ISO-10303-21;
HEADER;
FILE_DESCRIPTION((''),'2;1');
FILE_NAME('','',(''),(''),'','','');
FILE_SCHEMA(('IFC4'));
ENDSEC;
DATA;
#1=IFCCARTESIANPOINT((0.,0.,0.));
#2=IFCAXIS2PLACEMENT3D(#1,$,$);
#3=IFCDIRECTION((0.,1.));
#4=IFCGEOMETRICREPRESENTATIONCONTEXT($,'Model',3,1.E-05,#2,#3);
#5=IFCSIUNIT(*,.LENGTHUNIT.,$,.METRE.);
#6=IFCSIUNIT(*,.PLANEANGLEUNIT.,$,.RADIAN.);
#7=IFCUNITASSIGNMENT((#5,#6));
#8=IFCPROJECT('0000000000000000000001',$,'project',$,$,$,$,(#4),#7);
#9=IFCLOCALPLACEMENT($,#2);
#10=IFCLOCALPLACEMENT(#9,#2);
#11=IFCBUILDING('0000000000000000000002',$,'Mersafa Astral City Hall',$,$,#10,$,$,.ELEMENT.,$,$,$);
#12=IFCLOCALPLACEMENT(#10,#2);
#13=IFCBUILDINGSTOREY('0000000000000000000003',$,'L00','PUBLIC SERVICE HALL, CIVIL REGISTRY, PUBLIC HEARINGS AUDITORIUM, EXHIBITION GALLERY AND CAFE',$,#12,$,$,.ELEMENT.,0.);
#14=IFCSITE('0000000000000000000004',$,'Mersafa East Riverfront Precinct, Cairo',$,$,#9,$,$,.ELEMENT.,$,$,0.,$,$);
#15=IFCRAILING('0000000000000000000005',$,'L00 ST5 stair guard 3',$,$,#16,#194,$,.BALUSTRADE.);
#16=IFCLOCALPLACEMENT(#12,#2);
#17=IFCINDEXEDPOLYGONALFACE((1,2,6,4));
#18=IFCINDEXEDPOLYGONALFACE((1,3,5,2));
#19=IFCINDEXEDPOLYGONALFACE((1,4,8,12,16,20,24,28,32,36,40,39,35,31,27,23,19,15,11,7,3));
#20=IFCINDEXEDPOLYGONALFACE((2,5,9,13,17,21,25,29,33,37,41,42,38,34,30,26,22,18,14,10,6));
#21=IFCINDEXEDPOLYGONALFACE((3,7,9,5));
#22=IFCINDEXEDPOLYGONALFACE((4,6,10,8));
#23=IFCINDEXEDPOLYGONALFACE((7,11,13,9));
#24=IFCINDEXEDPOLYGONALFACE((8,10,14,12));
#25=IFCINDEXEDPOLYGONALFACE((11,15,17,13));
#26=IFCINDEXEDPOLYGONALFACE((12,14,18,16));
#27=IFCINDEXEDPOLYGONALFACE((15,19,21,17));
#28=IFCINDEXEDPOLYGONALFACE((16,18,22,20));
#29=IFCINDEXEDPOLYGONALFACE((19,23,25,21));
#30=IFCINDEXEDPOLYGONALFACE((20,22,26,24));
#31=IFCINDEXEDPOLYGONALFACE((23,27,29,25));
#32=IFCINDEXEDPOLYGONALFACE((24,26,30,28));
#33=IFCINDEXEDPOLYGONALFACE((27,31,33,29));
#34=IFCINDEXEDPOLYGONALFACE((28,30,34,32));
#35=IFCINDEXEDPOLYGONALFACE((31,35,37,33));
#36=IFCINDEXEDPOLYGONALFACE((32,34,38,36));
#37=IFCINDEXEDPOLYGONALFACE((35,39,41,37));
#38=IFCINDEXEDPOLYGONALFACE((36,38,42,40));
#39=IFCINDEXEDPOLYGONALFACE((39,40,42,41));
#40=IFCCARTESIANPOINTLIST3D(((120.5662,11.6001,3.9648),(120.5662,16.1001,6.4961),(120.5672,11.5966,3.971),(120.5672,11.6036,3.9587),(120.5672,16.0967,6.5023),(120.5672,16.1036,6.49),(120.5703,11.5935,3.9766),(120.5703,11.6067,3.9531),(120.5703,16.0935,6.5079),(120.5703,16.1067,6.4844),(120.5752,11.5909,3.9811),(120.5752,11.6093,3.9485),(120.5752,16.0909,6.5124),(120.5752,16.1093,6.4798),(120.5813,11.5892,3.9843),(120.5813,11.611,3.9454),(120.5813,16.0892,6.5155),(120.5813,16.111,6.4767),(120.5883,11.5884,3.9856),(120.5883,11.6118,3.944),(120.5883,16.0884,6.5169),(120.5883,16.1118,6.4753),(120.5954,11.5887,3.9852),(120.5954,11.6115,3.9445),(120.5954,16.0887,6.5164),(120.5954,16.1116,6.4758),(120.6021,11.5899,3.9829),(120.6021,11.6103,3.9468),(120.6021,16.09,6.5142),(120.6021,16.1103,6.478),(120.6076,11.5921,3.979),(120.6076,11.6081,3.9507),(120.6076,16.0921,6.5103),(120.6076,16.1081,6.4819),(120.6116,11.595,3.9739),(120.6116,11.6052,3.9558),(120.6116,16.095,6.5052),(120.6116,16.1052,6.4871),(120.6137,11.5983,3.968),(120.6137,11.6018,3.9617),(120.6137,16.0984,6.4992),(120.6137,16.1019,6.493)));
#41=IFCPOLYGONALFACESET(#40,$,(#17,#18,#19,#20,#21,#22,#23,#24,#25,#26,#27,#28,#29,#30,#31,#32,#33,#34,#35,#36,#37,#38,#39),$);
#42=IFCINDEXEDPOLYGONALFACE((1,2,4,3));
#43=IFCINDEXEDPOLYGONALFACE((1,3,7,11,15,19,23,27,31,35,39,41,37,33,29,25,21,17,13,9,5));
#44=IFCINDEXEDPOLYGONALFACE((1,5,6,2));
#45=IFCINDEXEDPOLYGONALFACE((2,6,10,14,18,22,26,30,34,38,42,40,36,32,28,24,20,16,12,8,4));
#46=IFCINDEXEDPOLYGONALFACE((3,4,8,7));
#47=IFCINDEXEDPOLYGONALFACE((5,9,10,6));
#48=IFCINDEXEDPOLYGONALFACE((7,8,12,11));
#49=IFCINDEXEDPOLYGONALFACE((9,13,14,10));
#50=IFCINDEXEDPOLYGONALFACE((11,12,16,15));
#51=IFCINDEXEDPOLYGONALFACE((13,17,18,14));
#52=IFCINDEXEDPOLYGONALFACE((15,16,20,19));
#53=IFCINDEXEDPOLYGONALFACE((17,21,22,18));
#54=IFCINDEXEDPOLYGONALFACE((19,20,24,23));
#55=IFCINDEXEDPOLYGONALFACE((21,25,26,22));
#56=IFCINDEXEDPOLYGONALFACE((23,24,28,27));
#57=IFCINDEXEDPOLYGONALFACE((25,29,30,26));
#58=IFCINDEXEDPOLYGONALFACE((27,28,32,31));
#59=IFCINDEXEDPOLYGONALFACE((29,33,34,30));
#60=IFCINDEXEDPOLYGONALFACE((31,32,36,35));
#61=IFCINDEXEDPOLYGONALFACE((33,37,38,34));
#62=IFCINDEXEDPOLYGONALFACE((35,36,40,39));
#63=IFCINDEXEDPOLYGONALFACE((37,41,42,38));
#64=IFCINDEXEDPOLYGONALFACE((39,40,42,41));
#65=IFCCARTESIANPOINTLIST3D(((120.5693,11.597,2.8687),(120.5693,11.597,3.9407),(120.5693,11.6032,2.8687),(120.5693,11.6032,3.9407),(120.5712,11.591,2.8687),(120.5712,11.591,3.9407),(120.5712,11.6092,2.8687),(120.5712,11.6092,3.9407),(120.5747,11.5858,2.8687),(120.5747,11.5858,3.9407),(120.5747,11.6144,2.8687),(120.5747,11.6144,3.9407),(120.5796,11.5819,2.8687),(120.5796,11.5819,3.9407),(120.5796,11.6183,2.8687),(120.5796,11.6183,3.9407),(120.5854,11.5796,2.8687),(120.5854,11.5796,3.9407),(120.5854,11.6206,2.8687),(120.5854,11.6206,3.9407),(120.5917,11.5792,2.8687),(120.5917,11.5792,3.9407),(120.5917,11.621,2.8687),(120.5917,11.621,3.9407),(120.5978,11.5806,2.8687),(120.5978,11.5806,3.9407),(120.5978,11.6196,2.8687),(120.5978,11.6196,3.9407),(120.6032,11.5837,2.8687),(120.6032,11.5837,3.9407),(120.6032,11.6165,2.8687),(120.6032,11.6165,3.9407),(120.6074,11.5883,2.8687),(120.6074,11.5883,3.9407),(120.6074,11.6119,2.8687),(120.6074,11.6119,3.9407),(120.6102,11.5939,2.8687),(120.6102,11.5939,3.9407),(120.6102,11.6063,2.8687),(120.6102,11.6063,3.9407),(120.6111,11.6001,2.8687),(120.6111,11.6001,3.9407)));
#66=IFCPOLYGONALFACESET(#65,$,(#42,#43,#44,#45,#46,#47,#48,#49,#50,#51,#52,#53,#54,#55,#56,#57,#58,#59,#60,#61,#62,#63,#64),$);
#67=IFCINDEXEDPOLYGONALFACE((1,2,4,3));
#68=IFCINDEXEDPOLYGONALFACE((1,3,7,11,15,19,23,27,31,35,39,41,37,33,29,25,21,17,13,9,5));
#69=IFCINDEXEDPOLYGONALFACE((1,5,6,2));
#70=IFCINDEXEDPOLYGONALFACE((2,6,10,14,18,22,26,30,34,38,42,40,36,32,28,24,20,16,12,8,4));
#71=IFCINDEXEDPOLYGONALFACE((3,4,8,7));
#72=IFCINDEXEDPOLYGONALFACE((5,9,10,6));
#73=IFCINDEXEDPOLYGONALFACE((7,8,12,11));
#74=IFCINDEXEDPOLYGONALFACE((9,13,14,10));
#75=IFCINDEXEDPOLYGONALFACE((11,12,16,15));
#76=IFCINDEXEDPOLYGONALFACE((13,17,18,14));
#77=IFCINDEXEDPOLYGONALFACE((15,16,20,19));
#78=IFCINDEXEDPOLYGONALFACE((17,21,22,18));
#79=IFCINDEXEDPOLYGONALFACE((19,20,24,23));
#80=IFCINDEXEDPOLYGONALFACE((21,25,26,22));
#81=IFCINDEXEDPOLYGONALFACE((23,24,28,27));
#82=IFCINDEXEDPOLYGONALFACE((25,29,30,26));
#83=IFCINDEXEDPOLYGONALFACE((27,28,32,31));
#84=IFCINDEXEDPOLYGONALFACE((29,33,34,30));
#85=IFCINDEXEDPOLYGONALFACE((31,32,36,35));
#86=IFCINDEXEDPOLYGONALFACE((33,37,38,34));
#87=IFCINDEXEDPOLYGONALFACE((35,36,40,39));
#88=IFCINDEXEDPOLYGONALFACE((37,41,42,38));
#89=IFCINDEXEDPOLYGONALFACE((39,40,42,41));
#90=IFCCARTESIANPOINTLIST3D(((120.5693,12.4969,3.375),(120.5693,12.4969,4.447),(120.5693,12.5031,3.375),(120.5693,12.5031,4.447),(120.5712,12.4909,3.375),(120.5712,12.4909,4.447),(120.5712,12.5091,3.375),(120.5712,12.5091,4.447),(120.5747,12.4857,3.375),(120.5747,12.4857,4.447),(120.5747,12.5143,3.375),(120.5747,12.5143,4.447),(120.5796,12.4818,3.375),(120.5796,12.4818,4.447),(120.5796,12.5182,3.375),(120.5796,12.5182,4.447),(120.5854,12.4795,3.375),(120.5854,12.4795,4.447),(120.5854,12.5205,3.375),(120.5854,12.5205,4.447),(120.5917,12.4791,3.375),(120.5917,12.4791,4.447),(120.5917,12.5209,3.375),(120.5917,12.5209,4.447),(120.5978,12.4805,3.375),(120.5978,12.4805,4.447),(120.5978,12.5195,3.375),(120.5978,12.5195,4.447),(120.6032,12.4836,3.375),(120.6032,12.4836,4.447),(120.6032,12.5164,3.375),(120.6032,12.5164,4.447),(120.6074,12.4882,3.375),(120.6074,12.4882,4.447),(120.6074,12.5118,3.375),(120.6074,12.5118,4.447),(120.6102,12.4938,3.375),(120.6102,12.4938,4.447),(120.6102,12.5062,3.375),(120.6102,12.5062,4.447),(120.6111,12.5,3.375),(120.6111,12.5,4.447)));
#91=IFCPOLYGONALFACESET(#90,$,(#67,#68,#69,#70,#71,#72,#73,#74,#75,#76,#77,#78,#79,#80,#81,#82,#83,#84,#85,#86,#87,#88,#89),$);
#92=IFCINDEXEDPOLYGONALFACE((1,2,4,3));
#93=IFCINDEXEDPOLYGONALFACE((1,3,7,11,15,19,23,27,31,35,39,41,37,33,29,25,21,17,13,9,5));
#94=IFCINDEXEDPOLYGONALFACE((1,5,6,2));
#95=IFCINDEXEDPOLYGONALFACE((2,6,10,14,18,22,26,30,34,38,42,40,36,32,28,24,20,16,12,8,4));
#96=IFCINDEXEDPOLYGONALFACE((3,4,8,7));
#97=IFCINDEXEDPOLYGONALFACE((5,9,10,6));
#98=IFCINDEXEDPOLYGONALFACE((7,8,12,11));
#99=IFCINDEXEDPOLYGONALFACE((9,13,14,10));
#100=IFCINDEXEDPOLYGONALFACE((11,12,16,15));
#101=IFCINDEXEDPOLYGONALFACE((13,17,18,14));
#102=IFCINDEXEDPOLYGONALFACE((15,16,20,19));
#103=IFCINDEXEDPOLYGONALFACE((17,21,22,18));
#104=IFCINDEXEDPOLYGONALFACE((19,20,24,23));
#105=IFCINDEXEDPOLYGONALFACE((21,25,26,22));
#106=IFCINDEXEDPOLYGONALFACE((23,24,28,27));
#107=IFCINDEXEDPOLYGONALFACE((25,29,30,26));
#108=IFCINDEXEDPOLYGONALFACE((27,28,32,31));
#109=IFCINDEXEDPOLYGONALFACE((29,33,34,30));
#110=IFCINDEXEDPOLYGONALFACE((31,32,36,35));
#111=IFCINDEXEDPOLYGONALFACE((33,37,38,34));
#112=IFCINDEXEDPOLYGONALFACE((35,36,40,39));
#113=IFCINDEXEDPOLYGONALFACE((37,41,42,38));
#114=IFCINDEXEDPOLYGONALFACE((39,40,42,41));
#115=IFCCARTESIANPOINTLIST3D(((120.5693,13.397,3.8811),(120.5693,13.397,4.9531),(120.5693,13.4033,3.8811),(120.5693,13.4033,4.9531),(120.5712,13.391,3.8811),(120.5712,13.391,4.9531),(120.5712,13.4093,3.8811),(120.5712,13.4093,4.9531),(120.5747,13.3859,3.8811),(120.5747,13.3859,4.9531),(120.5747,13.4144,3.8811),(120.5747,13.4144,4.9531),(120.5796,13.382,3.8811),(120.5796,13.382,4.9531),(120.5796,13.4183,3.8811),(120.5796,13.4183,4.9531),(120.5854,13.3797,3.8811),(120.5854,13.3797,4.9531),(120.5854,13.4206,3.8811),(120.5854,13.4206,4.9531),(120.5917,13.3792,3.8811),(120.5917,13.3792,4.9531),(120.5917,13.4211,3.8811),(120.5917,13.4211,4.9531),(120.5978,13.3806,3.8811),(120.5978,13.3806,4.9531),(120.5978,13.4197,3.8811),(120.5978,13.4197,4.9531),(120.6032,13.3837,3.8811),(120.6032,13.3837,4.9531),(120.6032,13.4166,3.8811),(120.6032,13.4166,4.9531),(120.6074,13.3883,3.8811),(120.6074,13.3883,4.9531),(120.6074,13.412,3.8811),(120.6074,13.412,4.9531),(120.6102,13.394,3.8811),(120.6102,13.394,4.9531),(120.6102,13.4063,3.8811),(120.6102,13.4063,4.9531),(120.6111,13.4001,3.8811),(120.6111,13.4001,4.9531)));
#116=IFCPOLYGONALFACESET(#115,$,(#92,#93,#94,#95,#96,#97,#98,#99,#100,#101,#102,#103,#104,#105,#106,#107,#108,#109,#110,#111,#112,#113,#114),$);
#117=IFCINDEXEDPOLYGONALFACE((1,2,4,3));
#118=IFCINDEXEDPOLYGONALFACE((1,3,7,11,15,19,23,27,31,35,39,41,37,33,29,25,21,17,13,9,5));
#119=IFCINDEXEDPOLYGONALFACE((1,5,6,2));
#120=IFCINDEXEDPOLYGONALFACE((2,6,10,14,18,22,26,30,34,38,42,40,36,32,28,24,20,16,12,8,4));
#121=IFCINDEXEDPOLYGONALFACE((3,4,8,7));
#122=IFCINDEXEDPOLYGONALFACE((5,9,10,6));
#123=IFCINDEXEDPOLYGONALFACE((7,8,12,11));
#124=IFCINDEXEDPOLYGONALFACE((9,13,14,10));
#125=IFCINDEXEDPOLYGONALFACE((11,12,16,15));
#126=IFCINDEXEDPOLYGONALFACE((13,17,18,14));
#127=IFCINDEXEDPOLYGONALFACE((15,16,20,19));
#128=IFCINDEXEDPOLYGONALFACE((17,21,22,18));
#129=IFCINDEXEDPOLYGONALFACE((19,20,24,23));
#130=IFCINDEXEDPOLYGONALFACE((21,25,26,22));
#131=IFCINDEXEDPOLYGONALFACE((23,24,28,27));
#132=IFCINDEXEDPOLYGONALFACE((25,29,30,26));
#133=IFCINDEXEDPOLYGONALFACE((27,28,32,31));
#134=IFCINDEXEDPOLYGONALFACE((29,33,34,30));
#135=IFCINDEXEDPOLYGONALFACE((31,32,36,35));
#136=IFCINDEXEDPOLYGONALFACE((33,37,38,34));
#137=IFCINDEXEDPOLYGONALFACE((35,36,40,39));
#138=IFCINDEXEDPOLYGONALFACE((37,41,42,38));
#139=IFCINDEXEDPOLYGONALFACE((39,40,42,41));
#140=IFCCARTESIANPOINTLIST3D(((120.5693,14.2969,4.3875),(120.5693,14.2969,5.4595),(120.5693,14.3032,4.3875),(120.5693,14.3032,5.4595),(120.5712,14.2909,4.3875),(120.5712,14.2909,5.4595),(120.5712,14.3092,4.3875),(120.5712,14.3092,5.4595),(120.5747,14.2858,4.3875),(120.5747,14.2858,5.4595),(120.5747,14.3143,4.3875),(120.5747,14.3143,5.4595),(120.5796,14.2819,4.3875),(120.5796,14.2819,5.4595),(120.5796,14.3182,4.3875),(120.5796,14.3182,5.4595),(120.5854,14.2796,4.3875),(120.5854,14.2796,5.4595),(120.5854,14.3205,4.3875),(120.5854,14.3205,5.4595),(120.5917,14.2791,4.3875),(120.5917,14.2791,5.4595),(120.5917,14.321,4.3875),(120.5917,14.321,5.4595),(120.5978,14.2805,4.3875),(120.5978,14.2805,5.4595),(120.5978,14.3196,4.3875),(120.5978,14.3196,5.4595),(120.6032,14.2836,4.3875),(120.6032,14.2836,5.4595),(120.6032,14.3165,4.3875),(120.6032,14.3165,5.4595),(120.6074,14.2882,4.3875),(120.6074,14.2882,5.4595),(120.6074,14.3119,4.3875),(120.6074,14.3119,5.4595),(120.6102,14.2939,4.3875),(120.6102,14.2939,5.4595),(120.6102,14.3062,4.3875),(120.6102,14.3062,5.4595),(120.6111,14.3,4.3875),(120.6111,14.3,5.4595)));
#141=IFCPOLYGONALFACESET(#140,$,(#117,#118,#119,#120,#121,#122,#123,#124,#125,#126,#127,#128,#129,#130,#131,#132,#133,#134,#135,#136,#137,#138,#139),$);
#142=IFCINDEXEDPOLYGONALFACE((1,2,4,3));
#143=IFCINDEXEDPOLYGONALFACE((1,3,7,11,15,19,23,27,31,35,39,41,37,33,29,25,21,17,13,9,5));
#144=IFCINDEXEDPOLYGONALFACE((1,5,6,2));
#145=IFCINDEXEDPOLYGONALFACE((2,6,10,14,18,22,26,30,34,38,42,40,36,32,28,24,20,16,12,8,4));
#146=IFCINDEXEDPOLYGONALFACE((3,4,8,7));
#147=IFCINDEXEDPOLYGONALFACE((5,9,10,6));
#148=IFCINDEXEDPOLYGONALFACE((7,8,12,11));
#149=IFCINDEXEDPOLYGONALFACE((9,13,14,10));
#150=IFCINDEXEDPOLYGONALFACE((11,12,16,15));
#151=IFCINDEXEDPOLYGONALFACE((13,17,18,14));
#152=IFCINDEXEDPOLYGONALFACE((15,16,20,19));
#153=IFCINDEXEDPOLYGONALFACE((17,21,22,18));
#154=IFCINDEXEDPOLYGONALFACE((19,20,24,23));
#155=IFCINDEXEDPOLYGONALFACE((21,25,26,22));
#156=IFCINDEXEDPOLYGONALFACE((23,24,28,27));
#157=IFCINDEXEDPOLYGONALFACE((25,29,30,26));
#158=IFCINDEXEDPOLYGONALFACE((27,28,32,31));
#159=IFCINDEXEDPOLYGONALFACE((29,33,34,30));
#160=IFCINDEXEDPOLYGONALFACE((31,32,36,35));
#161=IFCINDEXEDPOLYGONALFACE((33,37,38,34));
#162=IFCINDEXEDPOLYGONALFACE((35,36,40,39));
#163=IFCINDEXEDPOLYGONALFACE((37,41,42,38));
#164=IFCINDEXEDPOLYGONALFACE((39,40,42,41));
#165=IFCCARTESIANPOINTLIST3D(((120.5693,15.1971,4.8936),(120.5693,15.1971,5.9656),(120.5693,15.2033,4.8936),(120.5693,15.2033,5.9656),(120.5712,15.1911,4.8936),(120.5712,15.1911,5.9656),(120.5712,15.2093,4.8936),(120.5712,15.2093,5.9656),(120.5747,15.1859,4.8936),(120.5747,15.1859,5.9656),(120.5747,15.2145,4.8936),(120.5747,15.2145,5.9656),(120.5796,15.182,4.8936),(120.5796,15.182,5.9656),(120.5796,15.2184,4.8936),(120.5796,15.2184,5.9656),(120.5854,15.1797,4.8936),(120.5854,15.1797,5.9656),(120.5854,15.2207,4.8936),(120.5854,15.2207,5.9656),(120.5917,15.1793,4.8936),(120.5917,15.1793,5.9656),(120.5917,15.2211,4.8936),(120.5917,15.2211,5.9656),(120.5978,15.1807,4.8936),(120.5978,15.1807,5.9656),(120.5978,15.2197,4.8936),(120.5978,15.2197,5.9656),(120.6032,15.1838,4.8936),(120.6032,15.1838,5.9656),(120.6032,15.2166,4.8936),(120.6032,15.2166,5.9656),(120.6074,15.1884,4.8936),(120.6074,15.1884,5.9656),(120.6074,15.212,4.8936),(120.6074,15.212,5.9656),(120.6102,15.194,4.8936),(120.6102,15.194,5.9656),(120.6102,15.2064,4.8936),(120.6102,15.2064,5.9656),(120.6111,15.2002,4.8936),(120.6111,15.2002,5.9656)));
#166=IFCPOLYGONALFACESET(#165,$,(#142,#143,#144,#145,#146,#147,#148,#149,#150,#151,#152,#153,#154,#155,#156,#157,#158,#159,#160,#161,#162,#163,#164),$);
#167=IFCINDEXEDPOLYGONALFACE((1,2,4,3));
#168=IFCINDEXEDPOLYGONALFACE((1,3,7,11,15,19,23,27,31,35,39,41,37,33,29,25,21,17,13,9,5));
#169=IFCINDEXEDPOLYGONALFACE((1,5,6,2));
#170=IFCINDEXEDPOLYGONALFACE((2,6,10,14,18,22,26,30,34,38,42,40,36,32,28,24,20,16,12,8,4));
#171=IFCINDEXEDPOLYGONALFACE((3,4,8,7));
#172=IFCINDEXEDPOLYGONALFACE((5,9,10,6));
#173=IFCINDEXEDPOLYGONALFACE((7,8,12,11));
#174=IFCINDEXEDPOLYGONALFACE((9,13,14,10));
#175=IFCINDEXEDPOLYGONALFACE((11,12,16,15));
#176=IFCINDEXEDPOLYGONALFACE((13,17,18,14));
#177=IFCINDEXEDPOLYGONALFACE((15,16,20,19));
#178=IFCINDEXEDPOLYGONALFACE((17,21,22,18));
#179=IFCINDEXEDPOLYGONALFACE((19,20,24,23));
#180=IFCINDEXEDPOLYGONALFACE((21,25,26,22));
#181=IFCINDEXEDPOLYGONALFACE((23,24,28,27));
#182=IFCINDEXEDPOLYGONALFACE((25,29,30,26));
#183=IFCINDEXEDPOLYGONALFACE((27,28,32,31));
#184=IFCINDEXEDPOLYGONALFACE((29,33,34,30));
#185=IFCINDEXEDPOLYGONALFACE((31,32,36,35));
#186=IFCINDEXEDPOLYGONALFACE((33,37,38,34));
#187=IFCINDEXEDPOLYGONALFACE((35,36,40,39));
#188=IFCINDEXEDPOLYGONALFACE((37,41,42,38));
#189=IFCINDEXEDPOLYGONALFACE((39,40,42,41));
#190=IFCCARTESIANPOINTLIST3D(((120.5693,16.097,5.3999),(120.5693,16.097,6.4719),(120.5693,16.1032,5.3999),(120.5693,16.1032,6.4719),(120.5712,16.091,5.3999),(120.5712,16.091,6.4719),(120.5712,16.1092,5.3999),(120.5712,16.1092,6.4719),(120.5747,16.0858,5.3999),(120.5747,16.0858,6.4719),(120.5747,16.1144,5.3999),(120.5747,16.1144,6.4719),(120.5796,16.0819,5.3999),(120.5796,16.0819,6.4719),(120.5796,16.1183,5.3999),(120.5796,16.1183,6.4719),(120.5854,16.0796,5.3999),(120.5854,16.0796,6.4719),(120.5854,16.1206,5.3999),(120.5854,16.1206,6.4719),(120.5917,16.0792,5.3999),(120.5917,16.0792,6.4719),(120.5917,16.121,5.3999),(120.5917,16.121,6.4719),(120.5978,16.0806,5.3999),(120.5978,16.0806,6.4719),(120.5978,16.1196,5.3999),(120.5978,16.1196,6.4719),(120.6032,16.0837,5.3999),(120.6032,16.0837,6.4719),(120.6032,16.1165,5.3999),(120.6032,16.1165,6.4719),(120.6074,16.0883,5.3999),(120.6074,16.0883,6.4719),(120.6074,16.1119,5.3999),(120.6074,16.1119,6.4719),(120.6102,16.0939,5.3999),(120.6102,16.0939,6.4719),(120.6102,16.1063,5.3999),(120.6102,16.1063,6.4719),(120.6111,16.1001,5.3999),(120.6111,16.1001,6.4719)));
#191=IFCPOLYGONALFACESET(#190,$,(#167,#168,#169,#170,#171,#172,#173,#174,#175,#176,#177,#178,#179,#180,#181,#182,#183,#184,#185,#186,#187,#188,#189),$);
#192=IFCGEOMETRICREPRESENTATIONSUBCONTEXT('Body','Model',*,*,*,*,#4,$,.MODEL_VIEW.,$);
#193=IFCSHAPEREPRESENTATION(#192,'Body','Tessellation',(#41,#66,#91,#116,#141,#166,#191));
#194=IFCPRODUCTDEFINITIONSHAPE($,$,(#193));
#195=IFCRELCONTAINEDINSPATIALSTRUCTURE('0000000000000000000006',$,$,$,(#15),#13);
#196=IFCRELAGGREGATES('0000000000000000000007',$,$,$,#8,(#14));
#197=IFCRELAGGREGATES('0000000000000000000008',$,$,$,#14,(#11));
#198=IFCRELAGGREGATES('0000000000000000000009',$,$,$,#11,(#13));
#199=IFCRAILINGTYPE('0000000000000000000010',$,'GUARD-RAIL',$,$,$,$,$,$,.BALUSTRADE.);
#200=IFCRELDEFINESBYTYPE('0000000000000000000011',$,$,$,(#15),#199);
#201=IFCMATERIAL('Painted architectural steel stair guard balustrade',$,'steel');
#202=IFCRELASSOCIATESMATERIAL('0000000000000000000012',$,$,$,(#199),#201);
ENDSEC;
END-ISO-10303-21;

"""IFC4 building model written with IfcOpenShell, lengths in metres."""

from ifc_helpers import new_model, si_unit, direction, frame, origin, origin_2d, place, context, subcontext, project, spatial, circle, extrude, material, type_object, element, save


model = new_model("IFC4")

# Units and contexts
model_context = context("Model", 3, precision=1e-05, world=origin(), true_north=direction((0.0, 1.0)))
body_context = subcontext(model_context, "Body", "Model", "MODEL_VIEW")
ifc_project = project(units=[si_unit("LENGTHUNIT", "METRE"), si_unit("PLANEANGLEUNIT", "RADIAN")], contexts=[model_context])

# Site, building, storey
site_placement = place(None, origin())
site = spatial("IfcSite", under=ifc_project, at=site_placement, Name="Mersafa East Riverfront Precinct, Cairo", CompositionType="ELEMENT", RefElevation=0.0)
building_placement = place(site_placement, origin())
building = spatial("IfcBuilding", under=site, at=building_placement, Name="Mersafa Astral City Hall", CompositionType="ELEMENT")
storey_placement = place(building_placement, origin())
storey = spatial("IfcBuildingStorey", under=building, at=storey_placement, Name="L00", Description="PUBLIC SERVICE HALL, CIVIL REGISTRY, PUBLIC HEARINGS AUDITORIUM, EXHIBITION GALLERY AND CAFE", CompositionType="ELEMENT", Elevation=0.0)

# Railing
ifc_material_1 = material(Name="Painted architectural steel stair guard balustrade", Category="steel")
railing_type_1 = type_object("IfcRailingType", Name="GUARD-RAIL", PredefinedType="BALUSTRADE", material=ifc_material_1)
railing_1_placement = place(storey_placement, frame((120.5901, 11.6001, 2.8687)))
element("IfcRailing", 1, at=railing_1_placement, inside=storey, type_object=railing_type_1, Name="L00 ST5 stair guard 3", PredefinedType="BALUSTRADE", context=body_context, shape_type="SweptSolid", body=[
    extrude(circle(Radius=0.0239, at=origin_2d()), frame((0.0, 0.0, 1.0962), z_axis=(0.0, 0.871576, 0.490261), x_axis=(-1.0, 0.0, 0.0)), (0.0, 0.0, 1.0), 5.1631),
    extrude(circle(Radius=0.021, at=origin_2d()), origin(), (0.0, 0.0, 1.0), 1.072),
    extrude(circle(Radius=0.021, at=origin_2d()), frame((0.0, 0.8999, 0.5063)), (0.0, 0.0, 1.0), 1.072),
    extrude(circle(Radius=0.021, at=origin_2d()), frame((0.0, 1.8, 1.0125)), (0.0, 0.0, 1.0), 1.072),
    extrude(circle(Radius=0.021, at=origin_2d()), frame((0.0, 2.7, 1.5188)), (0.0, 0.0, 1.0), 1.072),
    extrude(circle(Radius=0.021, at=origin_2d()), frame((0.0, 3.6001, 2.0249)), (0.0, 0.0, 1.0), 1.072),
    extrude(circle(Radius=0.021, at=origin_2d()), frame((0.0, 4.5, 2.5312)), (0.0, 0.0, 1.0), 1.072),
])

save(model, "model.ifc")
